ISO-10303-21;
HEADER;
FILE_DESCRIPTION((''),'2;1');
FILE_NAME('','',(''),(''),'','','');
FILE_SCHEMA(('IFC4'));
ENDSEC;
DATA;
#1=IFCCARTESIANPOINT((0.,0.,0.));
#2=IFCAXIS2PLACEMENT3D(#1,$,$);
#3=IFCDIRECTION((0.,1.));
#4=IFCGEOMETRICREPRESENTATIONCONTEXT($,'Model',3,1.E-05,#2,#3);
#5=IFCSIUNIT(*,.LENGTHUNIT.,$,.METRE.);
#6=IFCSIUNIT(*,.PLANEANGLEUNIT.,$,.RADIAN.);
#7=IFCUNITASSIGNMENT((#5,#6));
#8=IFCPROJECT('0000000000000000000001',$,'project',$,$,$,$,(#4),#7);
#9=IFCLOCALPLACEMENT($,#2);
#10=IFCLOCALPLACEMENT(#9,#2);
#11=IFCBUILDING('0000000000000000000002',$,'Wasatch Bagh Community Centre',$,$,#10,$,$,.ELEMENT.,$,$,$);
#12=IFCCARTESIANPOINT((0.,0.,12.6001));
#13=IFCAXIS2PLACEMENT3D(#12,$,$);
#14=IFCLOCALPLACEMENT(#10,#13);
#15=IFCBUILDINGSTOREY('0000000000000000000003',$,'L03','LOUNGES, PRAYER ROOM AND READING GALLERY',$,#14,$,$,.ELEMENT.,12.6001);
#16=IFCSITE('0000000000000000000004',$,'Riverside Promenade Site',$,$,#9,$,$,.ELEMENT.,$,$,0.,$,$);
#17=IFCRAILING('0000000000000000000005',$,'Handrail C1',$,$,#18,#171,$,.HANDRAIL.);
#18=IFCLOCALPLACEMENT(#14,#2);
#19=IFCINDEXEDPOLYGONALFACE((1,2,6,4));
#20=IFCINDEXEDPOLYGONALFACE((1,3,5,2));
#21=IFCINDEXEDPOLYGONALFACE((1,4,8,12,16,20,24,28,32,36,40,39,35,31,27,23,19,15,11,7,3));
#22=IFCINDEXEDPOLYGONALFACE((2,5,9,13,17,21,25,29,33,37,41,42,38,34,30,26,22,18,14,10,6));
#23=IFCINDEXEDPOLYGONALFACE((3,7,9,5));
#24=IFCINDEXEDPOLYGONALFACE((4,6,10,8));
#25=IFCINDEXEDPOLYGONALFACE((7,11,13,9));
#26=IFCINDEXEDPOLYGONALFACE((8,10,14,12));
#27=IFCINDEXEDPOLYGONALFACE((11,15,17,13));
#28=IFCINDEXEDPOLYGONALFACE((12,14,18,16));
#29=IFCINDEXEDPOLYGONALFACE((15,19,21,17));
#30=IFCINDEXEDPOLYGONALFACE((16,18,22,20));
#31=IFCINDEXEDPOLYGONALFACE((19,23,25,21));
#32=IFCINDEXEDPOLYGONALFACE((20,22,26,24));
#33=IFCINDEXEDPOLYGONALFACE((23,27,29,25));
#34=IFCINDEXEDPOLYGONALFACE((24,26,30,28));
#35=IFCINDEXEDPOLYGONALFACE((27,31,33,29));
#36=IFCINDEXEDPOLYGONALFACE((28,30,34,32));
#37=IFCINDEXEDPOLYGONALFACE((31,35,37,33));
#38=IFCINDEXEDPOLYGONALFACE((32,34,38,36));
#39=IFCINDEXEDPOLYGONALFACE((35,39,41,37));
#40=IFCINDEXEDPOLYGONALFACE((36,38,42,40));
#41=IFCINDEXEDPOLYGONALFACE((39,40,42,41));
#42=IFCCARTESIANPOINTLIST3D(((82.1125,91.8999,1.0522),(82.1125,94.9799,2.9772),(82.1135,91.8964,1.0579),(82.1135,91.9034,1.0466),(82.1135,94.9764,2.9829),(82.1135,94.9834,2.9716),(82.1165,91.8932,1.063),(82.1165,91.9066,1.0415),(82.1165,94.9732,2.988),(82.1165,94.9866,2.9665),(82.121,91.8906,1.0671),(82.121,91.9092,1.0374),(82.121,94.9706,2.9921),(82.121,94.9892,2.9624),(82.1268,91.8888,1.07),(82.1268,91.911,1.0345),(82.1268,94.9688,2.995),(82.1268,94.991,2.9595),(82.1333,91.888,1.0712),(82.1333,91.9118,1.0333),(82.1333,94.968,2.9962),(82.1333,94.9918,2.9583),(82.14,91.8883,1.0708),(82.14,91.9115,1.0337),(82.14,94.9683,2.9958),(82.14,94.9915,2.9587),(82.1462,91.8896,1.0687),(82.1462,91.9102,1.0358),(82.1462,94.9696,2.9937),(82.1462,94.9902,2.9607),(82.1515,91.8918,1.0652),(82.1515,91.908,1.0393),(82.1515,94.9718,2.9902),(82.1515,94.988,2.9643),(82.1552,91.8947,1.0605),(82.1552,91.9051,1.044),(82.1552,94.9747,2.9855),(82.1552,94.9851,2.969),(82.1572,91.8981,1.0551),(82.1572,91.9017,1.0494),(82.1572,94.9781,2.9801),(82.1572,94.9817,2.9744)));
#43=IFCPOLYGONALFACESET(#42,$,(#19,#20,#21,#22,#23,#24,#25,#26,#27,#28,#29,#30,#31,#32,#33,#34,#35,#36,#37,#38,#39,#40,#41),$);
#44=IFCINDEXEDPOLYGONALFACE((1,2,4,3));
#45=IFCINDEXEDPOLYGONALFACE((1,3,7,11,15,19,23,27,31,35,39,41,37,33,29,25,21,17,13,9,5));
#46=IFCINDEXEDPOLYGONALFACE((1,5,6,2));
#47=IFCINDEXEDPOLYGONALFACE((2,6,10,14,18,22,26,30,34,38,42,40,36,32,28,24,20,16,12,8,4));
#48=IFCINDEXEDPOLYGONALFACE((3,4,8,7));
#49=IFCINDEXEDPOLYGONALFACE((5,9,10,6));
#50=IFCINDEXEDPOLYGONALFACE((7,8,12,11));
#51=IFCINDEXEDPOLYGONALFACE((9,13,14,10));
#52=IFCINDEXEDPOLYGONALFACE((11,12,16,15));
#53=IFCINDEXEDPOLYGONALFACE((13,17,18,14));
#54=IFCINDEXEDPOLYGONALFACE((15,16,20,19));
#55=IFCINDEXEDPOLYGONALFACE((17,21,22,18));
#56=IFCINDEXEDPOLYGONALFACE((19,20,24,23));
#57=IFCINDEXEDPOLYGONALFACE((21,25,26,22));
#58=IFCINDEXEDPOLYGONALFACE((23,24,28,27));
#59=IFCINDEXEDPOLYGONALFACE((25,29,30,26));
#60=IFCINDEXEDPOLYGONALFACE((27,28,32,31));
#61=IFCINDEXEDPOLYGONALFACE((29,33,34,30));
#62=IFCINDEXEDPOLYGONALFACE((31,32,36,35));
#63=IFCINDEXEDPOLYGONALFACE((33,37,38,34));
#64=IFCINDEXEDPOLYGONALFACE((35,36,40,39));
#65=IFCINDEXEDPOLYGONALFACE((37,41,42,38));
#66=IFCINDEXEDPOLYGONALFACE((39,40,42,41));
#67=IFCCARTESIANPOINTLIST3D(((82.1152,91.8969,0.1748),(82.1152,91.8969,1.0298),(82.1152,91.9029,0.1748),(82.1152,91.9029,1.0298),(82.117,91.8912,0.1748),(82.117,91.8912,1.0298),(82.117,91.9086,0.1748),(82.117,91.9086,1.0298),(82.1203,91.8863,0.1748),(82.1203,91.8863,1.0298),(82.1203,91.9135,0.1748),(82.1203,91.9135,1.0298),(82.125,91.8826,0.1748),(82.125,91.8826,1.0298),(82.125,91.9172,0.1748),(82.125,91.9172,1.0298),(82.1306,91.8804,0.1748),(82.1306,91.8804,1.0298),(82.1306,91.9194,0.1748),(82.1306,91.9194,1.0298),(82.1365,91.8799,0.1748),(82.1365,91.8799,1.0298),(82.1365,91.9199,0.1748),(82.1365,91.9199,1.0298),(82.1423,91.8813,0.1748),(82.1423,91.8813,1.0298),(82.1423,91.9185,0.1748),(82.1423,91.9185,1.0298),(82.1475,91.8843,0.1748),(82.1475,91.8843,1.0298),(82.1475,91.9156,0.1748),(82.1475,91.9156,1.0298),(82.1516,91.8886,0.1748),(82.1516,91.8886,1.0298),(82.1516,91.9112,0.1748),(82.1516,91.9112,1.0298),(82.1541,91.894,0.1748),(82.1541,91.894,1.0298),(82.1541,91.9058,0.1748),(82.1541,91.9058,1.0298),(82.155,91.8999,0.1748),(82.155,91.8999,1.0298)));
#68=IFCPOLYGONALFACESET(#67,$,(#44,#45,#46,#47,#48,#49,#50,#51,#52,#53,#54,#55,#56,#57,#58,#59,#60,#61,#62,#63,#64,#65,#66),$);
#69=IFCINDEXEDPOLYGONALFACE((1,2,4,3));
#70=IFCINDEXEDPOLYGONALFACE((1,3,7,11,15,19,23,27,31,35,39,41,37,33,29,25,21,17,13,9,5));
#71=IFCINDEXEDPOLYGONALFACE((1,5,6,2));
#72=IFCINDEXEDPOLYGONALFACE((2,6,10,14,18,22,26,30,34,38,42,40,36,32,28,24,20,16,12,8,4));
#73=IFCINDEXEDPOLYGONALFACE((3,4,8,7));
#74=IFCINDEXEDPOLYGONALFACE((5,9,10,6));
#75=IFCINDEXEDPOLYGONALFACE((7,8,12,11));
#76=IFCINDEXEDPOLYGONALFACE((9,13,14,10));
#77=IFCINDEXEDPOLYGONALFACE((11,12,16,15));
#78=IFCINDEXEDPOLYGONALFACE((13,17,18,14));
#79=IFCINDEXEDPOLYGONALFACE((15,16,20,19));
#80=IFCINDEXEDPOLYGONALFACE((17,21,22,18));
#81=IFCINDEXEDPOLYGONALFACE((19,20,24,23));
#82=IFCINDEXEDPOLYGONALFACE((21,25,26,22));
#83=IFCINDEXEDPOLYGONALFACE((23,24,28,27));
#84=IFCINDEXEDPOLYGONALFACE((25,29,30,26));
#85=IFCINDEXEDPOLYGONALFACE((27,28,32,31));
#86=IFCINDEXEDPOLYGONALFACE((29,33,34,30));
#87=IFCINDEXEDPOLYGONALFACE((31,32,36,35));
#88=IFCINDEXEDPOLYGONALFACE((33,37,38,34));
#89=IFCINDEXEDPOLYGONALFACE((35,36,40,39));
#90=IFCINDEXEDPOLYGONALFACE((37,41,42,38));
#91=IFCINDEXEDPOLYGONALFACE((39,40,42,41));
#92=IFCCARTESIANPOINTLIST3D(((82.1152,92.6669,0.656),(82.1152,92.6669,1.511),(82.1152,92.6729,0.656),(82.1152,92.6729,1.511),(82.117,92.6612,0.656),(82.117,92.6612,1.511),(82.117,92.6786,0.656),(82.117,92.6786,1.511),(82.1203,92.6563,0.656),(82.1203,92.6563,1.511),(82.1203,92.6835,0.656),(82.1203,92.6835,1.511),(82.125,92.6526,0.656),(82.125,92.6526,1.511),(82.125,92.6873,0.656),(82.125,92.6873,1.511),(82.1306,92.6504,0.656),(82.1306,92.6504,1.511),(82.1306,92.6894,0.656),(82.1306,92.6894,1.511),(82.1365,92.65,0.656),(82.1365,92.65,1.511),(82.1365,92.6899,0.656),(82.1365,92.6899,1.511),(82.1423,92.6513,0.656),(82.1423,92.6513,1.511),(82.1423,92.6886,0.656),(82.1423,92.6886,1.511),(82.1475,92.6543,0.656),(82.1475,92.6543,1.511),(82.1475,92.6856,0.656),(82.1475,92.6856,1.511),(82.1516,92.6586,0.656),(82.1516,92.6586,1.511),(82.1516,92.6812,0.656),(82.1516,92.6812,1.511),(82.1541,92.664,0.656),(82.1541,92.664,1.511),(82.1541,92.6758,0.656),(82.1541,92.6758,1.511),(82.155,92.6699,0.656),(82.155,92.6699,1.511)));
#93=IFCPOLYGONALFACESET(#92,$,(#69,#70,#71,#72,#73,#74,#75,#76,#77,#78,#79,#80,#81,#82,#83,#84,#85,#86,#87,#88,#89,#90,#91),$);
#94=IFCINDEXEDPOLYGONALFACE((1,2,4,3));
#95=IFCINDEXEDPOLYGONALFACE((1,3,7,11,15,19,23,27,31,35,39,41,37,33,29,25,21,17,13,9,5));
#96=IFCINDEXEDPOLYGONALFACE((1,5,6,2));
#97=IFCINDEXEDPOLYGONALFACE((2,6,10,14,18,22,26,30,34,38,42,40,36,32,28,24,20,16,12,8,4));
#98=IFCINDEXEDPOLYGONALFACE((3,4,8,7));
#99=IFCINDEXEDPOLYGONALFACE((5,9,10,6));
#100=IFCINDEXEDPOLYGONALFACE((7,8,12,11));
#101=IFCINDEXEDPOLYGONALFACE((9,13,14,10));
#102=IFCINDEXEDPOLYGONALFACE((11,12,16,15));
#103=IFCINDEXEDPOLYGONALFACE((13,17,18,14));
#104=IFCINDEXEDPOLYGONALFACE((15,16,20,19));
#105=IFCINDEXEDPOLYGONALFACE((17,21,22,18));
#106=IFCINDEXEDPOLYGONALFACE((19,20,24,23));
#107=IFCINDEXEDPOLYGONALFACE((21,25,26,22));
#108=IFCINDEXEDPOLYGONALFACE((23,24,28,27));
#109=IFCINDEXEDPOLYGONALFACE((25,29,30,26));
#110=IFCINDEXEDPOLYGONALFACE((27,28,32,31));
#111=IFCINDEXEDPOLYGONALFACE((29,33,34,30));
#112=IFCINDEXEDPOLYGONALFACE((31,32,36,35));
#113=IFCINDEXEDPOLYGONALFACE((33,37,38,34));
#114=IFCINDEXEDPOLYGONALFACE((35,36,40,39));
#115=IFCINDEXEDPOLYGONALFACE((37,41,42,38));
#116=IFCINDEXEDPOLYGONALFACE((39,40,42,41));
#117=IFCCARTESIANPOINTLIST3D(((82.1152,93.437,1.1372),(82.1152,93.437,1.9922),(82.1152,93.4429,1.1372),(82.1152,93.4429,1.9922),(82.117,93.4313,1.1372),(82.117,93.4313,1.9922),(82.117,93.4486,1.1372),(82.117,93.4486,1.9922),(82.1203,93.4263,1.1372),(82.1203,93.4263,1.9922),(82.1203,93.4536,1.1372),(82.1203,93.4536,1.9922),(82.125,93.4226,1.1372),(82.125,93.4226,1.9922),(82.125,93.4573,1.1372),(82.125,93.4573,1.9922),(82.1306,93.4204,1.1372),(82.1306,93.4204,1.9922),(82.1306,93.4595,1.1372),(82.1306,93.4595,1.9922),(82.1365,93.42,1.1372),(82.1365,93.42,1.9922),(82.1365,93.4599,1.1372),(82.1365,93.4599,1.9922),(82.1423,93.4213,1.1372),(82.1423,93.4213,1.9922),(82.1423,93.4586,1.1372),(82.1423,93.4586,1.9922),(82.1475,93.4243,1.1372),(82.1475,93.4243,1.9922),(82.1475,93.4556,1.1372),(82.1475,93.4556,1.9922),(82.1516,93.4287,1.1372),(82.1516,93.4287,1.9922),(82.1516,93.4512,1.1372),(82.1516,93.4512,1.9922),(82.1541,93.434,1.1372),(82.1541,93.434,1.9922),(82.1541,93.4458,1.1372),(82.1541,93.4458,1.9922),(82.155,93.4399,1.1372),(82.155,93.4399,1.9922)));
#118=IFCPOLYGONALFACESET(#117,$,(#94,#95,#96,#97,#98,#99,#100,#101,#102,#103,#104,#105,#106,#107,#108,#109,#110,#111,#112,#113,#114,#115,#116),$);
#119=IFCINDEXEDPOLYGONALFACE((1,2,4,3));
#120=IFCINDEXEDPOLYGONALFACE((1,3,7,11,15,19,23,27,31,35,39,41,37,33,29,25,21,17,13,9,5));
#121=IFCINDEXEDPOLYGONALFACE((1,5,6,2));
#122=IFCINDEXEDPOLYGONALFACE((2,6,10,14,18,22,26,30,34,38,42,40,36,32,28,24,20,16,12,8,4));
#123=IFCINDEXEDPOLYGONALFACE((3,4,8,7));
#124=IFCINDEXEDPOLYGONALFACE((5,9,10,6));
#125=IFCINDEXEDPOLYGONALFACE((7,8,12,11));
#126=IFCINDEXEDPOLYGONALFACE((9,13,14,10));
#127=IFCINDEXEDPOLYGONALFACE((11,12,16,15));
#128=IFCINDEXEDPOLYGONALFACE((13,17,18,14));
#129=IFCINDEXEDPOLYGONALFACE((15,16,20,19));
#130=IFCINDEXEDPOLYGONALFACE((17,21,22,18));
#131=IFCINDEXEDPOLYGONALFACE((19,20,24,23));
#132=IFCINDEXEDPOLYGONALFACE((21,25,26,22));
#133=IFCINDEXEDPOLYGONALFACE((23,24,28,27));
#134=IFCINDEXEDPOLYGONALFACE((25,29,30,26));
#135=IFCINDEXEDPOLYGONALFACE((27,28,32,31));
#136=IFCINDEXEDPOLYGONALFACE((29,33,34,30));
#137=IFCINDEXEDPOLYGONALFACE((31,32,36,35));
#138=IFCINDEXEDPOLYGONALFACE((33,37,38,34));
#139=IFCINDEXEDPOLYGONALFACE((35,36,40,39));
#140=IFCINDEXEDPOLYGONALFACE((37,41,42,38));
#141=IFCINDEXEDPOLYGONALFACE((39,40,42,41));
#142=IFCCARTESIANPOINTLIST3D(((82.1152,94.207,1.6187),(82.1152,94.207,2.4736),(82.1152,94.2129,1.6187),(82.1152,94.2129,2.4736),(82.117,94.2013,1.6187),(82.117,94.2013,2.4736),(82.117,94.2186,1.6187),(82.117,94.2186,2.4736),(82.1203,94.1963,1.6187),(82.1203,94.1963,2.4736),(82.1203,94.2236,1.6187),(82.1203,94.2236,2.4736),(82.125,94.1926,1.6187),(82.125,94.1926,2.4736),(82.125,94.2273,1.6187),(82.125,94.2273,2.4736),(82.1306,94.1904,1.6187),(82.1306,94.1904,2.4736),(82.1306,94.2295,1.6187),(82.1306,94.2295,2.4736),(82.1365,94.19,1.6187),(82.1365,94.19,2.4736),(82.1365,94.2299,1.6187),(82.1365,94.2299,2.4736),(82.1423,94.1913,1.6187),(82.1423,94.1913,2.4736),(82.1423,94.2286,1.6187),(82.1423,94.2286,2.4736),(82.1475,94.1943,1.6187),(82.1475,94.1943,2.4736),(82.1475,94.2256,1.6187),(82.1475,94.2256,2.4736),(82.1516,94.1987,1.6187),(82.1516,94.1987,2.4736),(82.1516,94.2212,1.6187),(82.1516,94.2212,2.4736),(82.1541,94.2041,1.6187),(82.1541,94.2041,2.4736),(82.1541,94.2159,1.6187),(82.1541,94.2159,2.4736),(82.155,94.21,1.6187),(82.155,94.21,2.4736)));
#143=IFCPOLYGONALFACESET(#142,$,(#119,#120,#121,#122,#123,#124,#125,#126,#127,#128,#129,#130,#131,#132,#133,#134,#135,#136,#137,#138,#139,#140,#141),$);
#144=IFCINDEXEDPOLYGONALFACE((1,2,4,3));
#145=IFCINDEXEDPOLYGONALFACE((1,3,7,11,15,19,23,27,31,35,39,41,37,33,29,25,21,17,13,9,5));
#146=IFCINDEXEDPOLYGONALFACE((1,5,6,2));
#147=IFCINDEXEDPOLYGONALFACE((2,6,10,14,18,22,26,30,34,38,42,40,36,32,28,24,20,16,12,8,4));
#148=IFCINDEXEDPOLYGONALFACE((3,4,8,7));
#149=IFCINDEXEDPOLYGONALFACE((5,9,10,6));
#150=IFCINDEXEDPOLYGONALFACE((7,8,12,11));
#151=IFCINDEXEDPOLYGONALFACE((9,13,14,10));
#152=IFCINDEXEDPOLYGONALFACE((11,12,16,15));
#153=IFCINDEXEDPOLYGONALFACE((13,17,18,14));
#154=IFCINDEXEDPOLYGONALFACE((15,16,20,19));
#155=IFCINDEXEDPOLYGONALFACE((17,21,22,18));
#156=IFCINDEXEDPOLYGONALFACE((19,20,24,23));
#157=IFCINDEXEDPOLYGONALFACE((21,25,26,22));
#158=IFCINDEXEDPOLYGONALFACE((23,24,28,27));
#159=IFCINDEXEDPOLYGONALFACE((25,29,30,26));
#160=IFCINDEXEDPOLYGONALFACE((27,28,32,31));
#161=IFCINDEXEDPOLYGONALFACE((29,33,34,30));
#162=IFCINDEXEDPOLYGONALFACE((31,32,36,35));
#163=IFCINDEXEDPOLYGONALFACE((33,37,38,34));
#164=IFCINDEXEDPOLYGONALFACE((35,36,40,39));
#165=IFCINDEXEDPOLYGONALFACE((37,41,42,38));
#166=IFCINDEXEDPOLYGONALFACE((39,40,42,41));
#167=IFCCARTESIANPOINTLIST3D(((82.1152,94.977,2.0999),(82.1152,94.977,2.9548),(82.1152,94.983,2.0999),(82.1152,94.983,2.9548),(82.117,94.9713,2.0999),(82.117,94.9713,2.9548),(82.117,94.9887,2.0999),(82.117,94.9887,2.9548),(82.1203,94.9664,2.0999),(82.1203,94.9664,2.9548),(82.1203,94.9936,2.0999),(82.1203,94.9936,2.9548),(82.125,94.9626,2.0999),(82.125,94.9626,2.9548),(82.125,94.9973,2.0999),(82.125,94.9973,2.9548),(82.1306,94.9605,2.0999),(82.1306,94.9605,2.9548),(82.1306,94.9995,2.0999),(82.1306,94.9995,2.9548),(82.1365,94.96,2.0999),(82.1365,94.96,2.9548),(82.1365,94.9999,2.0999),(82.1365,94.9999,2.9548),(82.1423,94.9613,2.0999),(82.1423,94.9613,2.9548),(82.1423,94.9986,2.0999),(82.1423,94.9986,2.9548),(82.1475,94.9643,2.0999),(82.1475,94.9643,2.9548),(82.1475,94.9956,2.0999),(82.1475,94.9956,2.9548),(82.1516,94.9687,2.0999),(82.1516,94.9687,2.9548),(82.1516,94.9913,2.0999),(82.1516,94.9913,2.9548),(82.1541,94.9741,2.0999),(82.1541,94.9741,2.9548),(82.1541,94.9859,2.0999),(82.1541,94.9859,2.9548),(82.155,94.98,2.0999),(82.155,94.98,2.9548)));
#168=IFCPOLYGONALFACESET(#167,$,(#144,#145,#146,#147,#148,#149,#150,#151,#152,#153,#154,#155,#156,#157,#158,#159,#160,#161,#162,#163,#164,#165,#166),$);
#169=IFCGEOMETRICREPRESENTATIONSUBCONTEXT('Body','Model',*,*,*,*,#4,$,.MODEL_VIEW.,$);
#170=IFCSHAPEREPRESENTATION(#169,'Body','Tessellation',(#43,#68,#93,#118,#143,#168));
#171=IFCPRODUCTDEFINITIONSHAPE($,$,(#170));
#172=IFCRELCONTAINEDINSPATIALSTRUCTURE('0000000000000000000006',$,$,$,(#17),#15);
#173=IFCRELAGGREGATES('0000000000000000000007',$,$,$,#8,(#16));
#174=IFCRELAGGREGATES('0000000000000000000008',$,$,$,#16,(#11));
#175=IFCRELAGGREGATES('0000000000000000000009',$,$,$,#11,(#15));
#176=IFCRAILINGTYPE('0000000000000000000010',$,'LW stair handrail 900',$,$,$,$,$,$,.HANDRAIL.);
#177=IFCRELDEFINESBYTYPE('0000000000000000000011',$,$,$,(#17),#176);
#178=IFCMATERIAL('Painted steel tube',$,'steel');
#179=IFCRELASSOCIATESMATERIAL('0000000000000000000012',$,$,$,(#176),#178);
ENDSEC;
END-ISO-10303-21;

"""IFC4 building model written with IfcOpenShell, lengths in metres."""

from ifc_helpers import new_model, si_unit, direction, frame, origin, origin_2d, place, context, subcontext, project, spatial, circle, extrude, material, type_object, element, save


model = new_model("IFC4")

# Units and contexts
model_context = context("Model", 3, precision=1e-05, world=origin(), true_north=direction((0.0, 1.0)))
body_context = subcontext(model_context, "Body", "Model", "MODEL_VIEW")
ifc_project = project(units=[si_unit("LENGTHUNIT", "METRE"), si_unit("PLANEANGLEUNIT", "RADIAN")], contexts=[model_context])

# Site, building, storey
site_placement = place(None, origin())
site = spatial("IfcSite", under=ifc_project, at=site_placement, Name="Riverside Promenade Site", CompositionType="ELEMENT", RefElevation=0.0)
building_placement = place(site_placement, origin())
building = spatial("IfcBuilding", under=site, at=building_placement, Name="Wasatch Bagh Community Centre", CompositionType="ELEMENT")
storey_placement = place(building_placement, frame((0.0, 0.0, 12.6001)))
storey = spatial("IfcBuildingStorey", under=building, at=storey_placement, Name="L03", Description="LOUNGES, PRAYER ROOM AND READING GALLERY", CompositionType="ELEMENT", Elevation=12.6001)

# Railing
ifc_material_1 = material(Name="Painted steel tube", Category="steel")
railing_type_1 = type_object("IfcRailingType", Name="LW stair handrail 900", PredefinedType="HANDRAIL", material=ifc_material_1)
for number, where, name in (
    (1, (82.135, 91.8999, 0.1748), "Handrail C1"),
):
    element("IfcRailing", number, at=place(storey_placement, frame(where)), inside=storey, type_object=railing_type_1, Name=name, PredefinedType="HANDRAIL", context=body_context, shape_type="SweptSolid", body=[
        extrude(circle(Radius=0.0225, at=origin_2d()), frame((0.0, 0.0, 0.8774), z_axis=(0.0, 0.847998, 0.529999), x_axis=(-1.0, 0.0, 0.0)), (0.0, 0.0, 1.0), 3.6321),
        extrude(circle(Radius=0.02, at=origin_2d()), origin(), (0.0, 0.0, 1.0), 0.855),
        extrude(circle(Radius=0.02, at=origin_2d()), frame((0.0, 0.77, 0.4812)), (0.0, 0.0, 1.0), 0.855),
        extrude(circle(Radius=0.02, at=origin_2d()), frame((0.0, 1.54, 0.9624)), (0.0, 0.0, 1.0), 0.855),
        extrude(circle(Radius=0.02, at=origin_2d()), frame((0.0, 2.3101, 1.4438)), (0.0, 0.0, 1.0), 0.855),
        extrude(circle(Radius=0.02, at=origin_2d()), frame((0.0, 3.0801, 1.925)), (0.0, 0.0, 1.0), 0.855),
    ])

save(model, "model.ifc")
